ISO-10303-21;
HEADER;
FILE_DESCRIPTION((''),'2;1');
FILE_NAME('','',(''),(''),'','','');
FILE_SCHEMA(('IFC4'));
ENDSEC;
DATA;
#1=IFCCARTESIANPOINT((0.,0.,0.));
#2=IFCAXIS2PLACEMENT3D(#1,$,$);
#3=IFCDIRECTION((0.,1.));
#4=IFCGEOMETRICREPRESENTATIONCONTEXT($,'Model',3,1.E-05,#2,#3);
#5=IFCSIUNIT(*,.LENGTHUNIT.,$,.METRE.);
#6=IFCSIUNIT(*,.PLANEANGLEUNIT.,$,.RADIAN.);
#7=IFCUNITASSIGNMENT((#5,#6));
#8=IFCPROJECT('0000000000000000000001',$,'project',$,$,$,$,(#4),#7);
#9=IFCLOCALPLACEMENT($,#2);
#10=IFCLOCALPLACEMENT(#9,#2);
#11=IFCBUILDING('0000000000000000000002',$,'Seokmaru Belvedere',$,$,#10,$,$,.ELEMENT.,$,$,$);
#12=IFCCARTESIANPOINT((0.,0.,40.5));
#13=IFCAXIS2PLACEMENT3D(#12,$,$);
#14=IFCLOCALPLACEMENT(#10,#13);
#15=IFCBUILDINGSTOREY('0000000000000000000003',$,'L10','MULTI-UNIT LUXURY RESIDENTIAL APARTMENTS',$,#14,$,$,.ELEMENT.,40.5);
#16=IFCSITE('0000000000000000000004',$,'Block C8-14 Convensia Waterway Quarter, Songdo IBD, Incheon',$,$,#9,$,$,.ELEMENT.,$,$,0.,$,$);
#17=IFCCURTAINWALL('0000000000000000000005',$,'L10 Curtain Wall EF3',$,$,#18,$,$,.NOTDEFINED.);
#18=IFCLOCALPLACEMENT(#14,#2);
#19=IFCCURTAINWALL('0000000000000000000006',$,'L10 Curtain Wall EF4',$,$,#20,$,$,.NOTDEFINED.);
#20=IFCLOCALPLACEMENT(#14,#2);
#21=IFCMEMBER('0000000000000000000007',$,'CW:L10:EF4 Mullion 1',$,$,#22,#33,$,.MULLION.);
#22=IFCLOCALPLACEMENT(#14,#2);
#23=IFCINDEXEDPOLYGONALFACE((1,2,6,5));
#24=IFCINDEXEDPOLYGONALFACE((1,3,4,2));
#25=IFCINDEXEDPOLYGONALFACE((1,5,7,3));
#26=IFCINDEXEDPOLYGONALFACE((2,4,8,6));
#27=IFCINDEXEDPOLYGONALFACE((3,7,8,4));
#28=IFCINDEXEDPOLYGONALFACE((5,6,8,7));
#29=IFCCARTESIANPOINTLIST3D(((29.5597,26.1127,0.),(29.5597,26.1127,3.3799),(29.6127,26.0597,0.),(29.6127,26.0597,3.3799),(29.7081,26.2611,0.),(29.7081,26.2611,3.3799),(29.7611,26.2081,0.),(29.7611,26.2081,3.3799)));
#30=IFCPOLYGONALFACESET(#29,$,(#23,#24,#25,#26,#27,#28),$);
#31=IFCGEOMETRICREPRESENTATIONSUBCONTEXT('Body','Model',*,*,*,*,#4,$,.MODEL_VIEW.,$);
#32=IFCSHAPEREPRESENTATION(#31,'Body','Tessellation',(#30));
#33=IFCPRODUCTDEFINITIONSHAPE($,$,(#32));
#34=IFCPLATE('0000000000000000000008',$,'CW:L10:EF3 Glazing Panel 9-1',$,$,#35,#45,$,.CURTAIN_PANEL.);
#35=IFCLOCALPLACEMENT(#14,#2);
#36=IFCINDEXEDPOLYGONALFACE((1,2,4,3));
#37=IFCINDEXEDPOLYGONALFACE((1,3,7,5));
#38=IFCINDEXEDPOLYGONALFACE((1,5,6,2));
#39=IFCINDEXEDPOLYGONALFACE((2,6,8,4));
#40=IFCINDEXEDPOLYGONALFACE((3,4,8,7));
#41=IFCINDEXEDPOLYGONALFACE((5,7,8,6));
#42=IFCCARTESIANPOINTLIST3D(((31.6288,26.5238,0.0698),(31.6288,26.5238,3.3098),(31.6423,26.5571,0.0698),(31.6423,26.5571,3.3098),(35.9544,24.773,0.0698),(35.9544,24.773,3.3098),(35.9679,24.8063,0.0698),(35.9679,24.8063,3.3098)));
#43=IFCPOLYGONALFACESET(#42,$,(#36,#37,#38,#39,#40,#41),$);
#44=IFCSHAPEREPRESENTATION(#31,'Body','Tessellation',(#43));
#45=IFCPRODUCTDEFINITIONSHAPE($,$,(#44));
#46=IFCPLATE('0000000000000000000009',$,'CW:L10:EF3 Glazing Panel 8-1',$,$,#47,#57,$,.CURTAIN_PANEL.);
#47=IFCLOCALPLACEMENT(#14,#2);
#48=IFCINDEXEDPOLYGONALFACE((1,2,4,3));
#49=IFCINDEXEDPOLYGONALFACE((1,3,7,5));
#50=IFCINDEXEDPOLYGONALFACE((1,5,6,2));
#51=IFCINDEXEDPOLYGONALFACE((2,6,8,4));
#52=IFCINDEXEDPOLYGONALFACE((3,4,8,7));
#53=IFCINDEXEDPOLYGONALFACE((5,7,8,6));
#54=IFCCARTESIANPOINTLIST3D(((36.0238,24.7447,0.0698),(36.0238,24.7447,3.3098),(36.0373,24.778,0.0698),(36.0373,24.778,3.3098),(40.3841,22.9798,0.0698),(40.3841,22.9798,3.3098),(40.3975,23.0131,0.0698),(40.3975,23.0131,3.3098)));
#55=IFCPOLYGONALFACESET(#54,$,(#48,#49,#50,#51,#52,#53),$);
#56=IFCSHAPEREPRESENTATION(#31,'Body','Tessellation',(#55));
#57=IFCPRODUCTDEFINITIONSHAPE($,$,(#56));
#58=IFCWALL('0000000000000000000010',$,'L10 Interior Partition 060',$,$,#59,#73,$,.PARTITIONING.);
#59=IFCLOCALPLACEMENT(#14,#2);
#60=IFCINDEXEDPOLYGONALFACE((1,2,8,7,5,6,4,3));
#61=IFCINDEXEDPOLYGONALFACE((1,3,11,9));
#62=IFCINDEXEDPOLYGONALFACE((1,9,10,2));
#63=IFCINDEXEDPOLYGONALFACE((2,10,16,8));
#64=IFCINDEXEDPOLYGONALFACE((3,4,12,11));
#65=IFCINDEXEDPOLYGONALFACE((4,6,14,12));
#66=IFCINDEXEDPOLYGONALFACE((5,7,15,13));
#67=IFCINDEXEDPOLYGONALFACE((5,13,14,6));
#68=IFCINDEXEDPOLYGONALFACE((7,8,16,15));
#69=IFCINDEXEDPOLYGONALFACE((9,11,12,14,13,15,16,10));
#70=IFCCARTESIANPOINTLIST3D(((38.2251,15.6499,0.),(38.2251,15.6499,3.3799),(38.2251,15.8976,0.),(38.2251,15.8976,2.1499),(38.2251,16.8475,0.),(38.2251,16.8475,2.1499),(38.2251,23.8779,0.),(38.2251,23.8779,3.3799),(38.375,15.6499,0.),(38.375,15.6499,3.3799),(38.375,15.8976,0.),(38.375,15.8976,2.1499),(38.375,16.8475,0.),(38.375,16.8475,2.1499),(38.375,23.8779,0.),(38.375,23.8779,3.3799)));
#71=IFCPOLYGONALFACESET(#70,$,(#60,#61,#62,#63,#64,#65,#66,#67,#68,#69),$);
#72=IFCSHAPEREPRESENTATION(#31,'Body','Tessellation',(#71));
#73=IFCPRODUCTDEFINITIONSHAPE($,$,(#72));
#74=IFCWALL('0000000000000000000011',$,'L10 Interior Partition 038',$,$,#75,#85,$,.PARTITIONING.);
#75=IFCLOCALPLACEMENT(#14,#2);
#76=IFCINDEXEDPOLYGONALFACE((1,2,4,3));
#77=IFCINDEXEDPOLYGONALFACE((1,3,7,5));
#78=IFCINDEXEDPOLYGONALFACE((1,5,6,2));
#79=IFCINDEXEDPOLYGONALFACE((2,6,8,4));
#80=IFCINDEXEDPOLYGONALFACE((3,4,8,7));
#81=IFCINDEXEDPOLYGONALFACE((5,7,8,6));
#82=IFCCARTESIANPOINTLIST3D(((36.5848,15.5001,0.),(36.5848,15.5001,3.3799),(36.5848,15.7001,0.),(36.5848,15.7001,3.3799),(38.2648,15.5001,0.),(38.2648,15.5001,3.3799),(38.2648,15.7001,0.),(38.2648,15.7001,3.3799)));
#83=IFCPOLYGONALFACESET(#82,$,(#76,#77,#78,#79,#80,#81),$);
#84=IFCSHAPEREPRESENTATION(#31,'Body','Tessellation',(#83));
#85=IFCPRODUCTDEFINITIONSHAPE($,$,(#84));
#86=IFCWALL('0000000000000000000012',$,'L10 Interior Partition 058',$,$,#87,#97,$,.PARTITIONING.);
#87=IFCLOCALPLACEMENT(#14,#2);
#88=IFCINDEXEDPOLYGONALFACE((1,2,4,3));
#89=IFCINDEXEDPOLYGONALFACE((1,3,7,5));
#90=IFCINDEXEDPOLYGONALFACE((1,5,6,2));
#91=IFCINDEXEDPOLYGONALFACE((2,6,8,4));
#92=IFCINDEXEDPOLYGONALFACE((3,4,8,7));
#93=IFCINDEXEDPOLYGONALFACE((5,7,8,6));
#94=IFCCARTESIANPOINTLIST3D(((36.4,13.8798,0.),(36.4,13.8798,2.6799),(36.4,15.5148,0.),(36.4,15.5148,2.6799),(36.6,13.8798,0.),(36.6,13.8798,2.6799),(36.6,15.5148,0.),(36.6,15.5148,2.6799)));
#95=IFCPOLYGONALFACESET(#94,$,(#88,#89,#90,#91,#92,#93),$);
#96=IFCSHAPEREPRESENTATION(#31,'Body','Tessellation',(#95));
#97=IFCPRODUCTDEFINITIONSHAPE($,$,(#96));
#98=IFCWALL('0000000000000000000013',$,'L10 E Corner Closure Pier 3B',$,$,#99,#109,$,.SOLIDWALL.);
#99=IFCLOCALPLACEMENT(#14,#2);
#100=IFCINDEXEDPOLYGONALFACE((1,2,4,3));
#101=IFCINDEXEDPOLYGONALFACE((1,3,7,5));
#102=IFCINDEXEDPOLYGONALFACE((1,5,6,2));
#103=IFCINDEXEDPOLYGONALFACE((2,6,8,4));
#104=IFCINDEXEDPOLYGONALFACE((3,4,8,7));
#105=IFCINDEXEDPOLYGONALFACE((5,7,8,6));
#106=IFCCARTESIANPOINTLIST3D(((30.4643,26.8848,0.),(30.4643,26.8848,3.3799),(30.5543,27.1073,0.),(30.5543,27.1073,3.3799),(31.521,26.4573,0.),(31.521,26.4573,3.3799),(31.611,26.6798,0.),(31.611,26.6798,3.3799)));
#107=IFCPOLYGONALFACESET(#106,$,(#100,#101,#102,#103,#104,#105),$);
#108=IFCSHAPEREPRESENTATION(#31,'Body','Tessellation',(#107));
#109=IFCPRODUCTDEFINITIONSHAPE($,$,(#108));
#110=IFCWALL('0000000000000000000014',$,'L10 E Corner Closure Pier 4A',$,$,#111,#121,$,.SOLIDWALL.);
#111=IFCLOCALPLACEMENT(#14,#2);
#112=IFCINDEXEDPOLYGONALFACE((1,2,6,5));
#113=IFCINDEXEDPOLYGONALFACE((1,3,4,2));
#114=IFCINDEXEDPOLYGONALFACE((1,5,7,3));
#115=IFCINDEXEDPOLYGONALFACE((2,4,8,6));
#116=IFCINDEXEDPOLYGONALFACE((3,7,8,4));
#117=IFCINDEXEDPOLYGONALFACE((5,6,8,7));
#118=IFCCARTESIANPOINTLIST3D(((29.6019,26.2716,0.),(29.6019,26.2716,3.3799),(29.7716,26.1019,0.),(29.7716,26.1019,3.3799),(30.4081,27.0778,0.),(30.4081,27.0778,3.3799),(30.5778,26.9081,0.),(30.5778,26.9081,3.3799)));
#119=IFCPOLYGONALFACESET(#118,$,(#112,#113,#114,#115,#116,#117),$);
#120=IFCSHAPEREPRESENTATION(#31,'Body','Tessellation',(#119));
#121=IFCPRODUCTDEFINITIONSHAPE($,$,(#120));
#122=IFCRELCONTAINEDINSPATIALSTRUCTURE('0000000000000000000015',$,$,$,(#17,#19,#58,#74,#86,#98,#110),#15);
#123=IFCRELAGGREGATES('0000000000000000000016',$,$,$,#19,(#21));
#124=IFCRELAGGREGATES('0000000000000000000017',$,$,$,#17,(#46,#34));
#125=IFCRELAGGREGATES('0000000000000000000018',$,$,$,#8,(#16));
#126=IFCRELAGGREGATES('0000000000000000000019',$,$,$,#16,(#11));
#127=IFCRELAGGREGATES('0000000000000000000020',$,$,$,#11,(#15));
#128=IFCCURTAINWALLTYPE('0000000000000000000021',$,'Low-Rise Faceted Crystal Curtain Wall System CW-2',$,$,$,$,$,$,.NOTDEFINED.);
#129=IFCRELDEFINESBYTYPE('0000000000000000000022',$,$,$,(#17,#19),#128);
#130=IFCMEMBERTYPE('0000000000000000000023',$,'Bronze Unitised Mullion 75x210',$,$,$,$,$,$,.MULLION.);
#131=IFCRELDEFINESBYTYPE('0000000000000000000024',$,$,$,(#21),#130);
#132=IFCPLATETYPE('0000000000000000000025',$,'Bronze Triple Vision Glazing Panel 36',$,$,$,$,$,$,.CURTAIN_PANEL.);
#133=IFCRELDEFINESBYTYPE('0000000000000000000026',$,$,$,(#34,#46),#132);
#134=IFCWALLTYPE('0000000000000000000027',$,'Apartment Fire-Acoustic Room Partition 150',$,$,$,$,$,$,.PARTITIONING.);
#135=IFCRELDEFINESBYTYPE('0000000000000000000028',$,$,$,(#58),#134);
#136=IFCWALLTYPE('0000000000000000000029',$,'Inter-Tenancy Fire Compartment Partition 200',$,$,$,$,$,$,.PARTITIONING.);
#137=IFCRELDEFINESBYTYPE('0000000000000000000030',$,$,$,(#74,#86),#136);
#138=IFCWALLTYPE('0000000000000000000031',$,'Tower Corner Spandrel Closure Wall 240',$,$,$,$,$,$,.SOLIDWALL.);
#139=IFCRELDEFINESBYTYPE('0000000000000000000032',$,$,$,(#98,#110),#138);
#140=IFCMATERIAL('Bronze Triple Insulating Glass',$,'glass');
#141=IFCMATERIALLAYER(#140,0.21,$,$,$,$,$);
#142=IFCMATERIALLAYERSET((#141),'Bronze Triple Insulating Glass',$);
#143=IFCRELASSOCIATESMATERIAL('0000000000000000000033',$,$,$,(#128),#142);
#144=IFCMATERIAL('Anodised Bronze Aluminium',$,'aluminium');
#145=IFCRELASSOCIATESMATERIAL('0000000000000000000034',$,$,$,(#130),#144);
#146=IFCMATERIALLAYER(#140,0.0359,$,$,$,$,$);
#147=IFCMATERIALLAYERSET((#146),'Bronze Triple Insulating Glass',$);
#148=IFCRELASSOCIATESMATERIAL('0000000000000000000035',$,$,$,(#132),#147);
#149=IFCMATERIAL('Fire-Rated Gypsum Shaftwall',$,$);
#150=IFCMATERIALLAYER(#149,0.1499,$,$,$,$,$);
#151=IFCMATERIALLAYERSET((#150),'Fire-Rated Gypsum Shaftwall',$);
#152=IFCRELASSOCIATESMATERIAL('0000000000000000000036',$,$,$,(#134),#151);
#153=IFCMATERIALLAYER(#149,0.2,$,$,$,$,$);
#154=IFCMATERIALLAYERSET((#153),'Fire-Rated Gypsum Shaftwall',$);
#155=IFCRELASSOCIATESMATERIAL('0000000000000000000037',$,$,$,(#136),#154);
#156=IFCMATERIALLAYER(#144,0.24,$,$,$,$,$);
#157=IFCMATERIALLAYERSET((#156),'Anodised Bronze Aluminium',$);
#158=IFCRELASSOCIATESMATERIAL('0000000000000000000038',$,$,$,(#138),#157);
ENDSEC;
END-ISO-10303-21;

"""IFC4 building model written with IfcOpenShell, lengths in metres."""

from ifc_helpers import new_model, si_unit, direction, frame, frame_2d, origin, origin_2d, place, context, subcontext, project, spatial, rectangle, extrude, source, transform, mapped, material, layer, layer_set, material_profile, profile_set, type_object, type_shapes, element, aggregate, save


model = new_model("IFC4")

# Units and contexts
model_context = context("Model", 3, precision=1e-05, world=origin(), true_north=direction((0.0, 1.0)))
body_context = subcontext(model_context, "Body", "Model", "MODEL_VIEW")
ifc_project = project(units=[si_unit("LENGTHUNIT", "METRE"), si_unit("PLANEANGLEUNIT", "RADIAN")], contexts=[model_context])

# Site, building, storey
site_placement = place(None, origin())
site = spatial("IfcSite", under=ifc_project, at=site_placement, Name="Block C8-14 Convensia Waterway Quarter, Songdo IBD, Incheon", CompositionType="ELEMENT", RefElevation=0.0)
building_placement = place(site_placement, origin())
building = spatial("IfcBuilding", under=site, at=building_placement, Name="Seokmaru Belvedere", CompositionType="ELEMENT")
storey_placement = place(building_placement, frame((0.0, 0.0, 40.5)))
storey = spatial("IfcBuildingStorey", under=building, at=storey_placement, Name="L10", Description="MULTI-UNIT LUXURY RESIDENTIAL APARTMENTS", CompositionType="ELEMENT", Elevation=40.5)

# Curtain wall
ifc_material_1 = material(Name="Bronze Triple Insulating Glass", Category="glass")
ifc_layer_1 = layer(ifc_material_1, 0.21)
ifc_layer_set_1 = layer_set([ifc_layer_1], Name="Bronze Triple Insulating Glass")
curtain_wall_type = type_object("IfcCurtainWallType", Name="Low-Rise Faceted Crystal Curtain Wall System CW-2", PredefinedType="NOTDEFINED", material=ifc_layer_set_1)
curtain_wall_1_placement = place(storey_placement, origin())
curtain_wall_1 = element("IfcCurtainWall", 1, at=curtain_wall_1_placement, inside=storey, type_object=curtain_wall_type, Name="L10 Curtain Wall EF3", PredefinedType="NOTDEFINED")
ifc_material_2 = material(Name="Anodised Bronze Aluminium", Category="aluminium")
ifc_material_profile_1 = material_profile(ifc_material_2, rectangle(XDim=0.075, YDim=0.21, at=origin_2d()), Name="CW-M-75x210")
ifc_profile_set_1 = profile_set([ifc_material_profile_1], Name="Anodised Bronze Aluminium")
member_type = type_object("IfcMemberType", Name="Bronze Unitised Mullion 75x210", PredefinedType="MULLION", material=ifc_profile_set_1)
shared_shape_1 = source(origin(), body_context, "Body", "SweptSolid", [
    extrude(rectangle(XDim=0.075, YDim=0.21, at=origin_2d()), origin(), (0.0, 0.0, 1.0), 3.3799),
])

# Curtain wall, member
curtain_wall_2_placement = place(storey_placement, origin())
curtain_wall_2 = element("IfcCurtainWall", 2, at=curtain_wall_2_placement, inside=storey, type_object=curtain_wall_type, Name="L10 Curtain Wall EF4", PredefinedType="NOTDEFINED")
member_1_placement = place(storey_placement, frame((29.6604, 26.1604, 0.0), z_axis=(0.0, 0.0, 1.0), x_axis=(0.707107, -0.707107, 0.0)))
member_1 = element("IfcMember", 3, at=member_1_placement, type_object=member_type, Name="CW:L10:EF4 Mullion 1", PredefinedType="MULLION", context=body_context, shape_type="MappedRepresentation", body=[
    mapped(shared_shape_1, transform((0.0, 0.0, 0.0), scale=1.0)),
])
aggregate(curtain_wall_2, [member_1])

# Plates
ifc_layer_2 = layer(ifc_material_1, 0.0359)
ifc_layer_set_2 = layer_set([ifc_layer_2], Name="Bronze Triple Insulating Glass")
plate_type = type_object("IfcPlateType", Name="Bronze Triple Vision Glazing Panel 36", PredefinedType="CURTAIN_PANEL", material=ifc_layer_set_2)
shared_shape_2 = source(origin(), body_context, "Body", "SweptSolid", [
    extrude(rectangle(XDim=4.6665, YDim=0.0359, at=origin_2d()), origin(), (0.0, 0.0, 1.0), 3.24),
])
plate_1_placement = place(storey_placement, frame((33.7983, 25.665, 0.0698), z_axis=(0.0, 0.0, 1.0), x_axis=(-0.926947, 0.375192, 0.0)))
plate_1 = element("IfcPlate", 4, at=plate_1_placement, type_object=plate_type, Name="CW:L10:EF3 Glazing Panel 9-1", PredefinedType="CURTAIN_PANEL", context=body_context, shape_type="MappedRepresentation", body=[
    mapped(shared_shape_2, transform((0.0, 0.0, 0.0), scale=1.0)),
])
shared_shape_3 = source(origin(), body_context, "Body", "SweptSolid", [
    extrude(rectangle(XDim=4.7039, YDim=0.0359, at=origin_2d()), origin(), (0.0, 0.0, 1.0), 3.24),
])
type_shapes(plate_type, [shared_shape_2, shared_shape_3])
plate_2_placement = place(storey_placement, frame((38.2107, 23.8789, 0.0698), z_axis=(0.0, 0.0, 1.0), x_axis=(-0.926947, 0.375192, 0.0)))
plate_2 = element("IfcPlate", 5, at=plate_2_placement, type_object=plate_type, Name="CW:L10:EF3 Glazing Panel 8-1", PredefinedType="CURTAIN_PANEL", context=body_context, shape_type="MappedRepresentation", body=[
    mapped(shared_shape_3, transform((0.0, 0.0, 0.0), scale=1.0)),
])
aggregate(curtain_wall_1, [plate_2, plate_1])

# Wall, opening
ifc_material_3 = material(Name="Fire-Rated Gypsum Shaftwall")
ifc_layer_3 = layer(ifc_material_3, 0.1499)
ifc_layer_set_3 = layer_set([ifc_layer_3], Name="Fire-Rated Gypsum Shaftwall")
wall_type_1 = type_object("IfcWallType", Name="Apartment Fire-Acoustic Room Partition 150", PredefinedType="PARTITIONING", material=ifc_layer_set_3)
wall_1_placement = place(storey_placement, frame((38.3, 15.6499, 0.0), z_axis=(0.0, 0.0, 1.0), x_axis=(0.0, 1.0, 0.0)))
wall_1 = element("IfcWall", 6, at=wall_1_placement, inside=storey, type_object=wall_type_1, Name="L10 Interior Partition 060", PredefinedType="PARTITIONING", context=body_context, shape_type="SweptSolid", body=[
    extrude(rectangle(XDim=8.228, YDim=0.1499, at=frame_2d((4.114, 0.0))), origin(), (0.0, 0.0, 1.0), 3.3799),
])
opening_placement = place(wall_1_placement, frame((0.2476, 0.0, 0.0)))
element("IfcOpeningElement", 7, at=opening_placement, cuts=wall_1, PredefinedType="OPENING", context=body_context, shape_type="SweptSolid", body=[
    extrude(rectangle(XDim=0.95, YDim=2.1499, at=frame_2d((0.4751, 1.075))), frame((0.0, 0.085, 0.0), z_axis=(0.0, -1.0, 0.0), x_axis=(1.0, 0.0, 0.0)), (0.0, 0.0, 1.0), 0.1699),
])

# Walls
ifc_layer_4 = layer(ifc_material_3, 0.2)
ifc_layer_set_4 = layer_set([ifc_layer_4], Name="Fire-Rated Gypsum Shaftwall")
wall_type_2 = type_object("IfcWallType", Name="Inter-Tenancy Fire Compartment Partition 200", PredefinedType="PARTITIONING", material=ifc_layer_set_4)
wall_2_placement = place(storey_placement, frame((36.585, 15.6001, 0.0), z_axis=(0.0, 0.0, 1.0), x_axis=(1.0, 0.0, 0.0)))
element("IfcWall", 8, at=wall_2_placement, inside=storey, type_object=wall_type_2, Name="L10 Interior Partition 038", PredefinedType="PARTITIONING", context=body_context, shape_type="SweptSolid", body=[
    extrude(rectangle(XDim=1.6799, YDim=0.2, at=frame_2d((0.8398, 0.0))), origin(), (0.0, 0.0, 1.0), 3.3799),
])
wall_3_placement = place(storey_placement, frame((36.5, 13.8799, 0.0), z_axis=(0.0, 0.0, 1.0), x_axis=(0.0, 1.0, 0.0)))
element("IfcWall", 9, at=wall_3_placement, inside=storey, type_object=wall_type_2, Name="L10 Interior Partition 058", PredefinedType="PARTITIONING", context=body_context, shape_type="SweptSolid", body=[
    extrude(rectangle(XDim=1.635, YDim=0.2, at=frame_2d((0.8174, 0.0))), origin(), (0.0, 0.0, 1.0), 2.6799),
])
ifc_layer_5 = layer(ifc_material_2, 0.24)
ifc_layer_set_5 = layer_set([ifc_layer_5], Name="Anodised Bronze Aluminium")
wall_type_3 = type_object("IfcWallType", Name="Tower Corner Spandrel Closure Wall 240", PredefinedType="SOLIDWALL", material=ifc_layer_set_5)
wall_4_placement = place(storey_placement, frame((31.5659, 26.5686, 0.0), z_axis=(0.0, 0.0, 1.0), x_axis=(-0.927007, 0.375044, 0.0)))
element("IfcWall", 10, at=wall_4_placement, inside=storey, type_object=wall_type_3, Name="L10 E Corner Closure Pier 3B", PredefinedType="SOLIDWALL", context=body_context, shape_type="SweptSolid", body=[
    extrude(rectangle(XDim=1.1399, YDim=0.24, at=frame_2d((0.5698, 0.0))), origin(), (0.0, 0.0, 1.0), 3.3799),
])
wall_5_placement = place(storey_placement, frame((30.4929, 26.9929, 0.0), z_axis=(0.0, 0.0, 1.0), x_axis=(-0.707107, -0.707107, 0.0)))
element("IfcWall", 11, at=wall_5_placement, inside=storey, type_object=wall_type_3, Name="L10 E Corner Closure Pier 4A", PredefinedType="SOLIDWALL", context=body_context, shape_type="SweptSolid", body=[
    extrude(rectangle(XDim=1.1401, YDim=0.24, at=frame_2d((0.5701, 0.0))), origin(), (0.0, 0.0, 1.0), 3.3799),
])

save(model, "model.ifc")
